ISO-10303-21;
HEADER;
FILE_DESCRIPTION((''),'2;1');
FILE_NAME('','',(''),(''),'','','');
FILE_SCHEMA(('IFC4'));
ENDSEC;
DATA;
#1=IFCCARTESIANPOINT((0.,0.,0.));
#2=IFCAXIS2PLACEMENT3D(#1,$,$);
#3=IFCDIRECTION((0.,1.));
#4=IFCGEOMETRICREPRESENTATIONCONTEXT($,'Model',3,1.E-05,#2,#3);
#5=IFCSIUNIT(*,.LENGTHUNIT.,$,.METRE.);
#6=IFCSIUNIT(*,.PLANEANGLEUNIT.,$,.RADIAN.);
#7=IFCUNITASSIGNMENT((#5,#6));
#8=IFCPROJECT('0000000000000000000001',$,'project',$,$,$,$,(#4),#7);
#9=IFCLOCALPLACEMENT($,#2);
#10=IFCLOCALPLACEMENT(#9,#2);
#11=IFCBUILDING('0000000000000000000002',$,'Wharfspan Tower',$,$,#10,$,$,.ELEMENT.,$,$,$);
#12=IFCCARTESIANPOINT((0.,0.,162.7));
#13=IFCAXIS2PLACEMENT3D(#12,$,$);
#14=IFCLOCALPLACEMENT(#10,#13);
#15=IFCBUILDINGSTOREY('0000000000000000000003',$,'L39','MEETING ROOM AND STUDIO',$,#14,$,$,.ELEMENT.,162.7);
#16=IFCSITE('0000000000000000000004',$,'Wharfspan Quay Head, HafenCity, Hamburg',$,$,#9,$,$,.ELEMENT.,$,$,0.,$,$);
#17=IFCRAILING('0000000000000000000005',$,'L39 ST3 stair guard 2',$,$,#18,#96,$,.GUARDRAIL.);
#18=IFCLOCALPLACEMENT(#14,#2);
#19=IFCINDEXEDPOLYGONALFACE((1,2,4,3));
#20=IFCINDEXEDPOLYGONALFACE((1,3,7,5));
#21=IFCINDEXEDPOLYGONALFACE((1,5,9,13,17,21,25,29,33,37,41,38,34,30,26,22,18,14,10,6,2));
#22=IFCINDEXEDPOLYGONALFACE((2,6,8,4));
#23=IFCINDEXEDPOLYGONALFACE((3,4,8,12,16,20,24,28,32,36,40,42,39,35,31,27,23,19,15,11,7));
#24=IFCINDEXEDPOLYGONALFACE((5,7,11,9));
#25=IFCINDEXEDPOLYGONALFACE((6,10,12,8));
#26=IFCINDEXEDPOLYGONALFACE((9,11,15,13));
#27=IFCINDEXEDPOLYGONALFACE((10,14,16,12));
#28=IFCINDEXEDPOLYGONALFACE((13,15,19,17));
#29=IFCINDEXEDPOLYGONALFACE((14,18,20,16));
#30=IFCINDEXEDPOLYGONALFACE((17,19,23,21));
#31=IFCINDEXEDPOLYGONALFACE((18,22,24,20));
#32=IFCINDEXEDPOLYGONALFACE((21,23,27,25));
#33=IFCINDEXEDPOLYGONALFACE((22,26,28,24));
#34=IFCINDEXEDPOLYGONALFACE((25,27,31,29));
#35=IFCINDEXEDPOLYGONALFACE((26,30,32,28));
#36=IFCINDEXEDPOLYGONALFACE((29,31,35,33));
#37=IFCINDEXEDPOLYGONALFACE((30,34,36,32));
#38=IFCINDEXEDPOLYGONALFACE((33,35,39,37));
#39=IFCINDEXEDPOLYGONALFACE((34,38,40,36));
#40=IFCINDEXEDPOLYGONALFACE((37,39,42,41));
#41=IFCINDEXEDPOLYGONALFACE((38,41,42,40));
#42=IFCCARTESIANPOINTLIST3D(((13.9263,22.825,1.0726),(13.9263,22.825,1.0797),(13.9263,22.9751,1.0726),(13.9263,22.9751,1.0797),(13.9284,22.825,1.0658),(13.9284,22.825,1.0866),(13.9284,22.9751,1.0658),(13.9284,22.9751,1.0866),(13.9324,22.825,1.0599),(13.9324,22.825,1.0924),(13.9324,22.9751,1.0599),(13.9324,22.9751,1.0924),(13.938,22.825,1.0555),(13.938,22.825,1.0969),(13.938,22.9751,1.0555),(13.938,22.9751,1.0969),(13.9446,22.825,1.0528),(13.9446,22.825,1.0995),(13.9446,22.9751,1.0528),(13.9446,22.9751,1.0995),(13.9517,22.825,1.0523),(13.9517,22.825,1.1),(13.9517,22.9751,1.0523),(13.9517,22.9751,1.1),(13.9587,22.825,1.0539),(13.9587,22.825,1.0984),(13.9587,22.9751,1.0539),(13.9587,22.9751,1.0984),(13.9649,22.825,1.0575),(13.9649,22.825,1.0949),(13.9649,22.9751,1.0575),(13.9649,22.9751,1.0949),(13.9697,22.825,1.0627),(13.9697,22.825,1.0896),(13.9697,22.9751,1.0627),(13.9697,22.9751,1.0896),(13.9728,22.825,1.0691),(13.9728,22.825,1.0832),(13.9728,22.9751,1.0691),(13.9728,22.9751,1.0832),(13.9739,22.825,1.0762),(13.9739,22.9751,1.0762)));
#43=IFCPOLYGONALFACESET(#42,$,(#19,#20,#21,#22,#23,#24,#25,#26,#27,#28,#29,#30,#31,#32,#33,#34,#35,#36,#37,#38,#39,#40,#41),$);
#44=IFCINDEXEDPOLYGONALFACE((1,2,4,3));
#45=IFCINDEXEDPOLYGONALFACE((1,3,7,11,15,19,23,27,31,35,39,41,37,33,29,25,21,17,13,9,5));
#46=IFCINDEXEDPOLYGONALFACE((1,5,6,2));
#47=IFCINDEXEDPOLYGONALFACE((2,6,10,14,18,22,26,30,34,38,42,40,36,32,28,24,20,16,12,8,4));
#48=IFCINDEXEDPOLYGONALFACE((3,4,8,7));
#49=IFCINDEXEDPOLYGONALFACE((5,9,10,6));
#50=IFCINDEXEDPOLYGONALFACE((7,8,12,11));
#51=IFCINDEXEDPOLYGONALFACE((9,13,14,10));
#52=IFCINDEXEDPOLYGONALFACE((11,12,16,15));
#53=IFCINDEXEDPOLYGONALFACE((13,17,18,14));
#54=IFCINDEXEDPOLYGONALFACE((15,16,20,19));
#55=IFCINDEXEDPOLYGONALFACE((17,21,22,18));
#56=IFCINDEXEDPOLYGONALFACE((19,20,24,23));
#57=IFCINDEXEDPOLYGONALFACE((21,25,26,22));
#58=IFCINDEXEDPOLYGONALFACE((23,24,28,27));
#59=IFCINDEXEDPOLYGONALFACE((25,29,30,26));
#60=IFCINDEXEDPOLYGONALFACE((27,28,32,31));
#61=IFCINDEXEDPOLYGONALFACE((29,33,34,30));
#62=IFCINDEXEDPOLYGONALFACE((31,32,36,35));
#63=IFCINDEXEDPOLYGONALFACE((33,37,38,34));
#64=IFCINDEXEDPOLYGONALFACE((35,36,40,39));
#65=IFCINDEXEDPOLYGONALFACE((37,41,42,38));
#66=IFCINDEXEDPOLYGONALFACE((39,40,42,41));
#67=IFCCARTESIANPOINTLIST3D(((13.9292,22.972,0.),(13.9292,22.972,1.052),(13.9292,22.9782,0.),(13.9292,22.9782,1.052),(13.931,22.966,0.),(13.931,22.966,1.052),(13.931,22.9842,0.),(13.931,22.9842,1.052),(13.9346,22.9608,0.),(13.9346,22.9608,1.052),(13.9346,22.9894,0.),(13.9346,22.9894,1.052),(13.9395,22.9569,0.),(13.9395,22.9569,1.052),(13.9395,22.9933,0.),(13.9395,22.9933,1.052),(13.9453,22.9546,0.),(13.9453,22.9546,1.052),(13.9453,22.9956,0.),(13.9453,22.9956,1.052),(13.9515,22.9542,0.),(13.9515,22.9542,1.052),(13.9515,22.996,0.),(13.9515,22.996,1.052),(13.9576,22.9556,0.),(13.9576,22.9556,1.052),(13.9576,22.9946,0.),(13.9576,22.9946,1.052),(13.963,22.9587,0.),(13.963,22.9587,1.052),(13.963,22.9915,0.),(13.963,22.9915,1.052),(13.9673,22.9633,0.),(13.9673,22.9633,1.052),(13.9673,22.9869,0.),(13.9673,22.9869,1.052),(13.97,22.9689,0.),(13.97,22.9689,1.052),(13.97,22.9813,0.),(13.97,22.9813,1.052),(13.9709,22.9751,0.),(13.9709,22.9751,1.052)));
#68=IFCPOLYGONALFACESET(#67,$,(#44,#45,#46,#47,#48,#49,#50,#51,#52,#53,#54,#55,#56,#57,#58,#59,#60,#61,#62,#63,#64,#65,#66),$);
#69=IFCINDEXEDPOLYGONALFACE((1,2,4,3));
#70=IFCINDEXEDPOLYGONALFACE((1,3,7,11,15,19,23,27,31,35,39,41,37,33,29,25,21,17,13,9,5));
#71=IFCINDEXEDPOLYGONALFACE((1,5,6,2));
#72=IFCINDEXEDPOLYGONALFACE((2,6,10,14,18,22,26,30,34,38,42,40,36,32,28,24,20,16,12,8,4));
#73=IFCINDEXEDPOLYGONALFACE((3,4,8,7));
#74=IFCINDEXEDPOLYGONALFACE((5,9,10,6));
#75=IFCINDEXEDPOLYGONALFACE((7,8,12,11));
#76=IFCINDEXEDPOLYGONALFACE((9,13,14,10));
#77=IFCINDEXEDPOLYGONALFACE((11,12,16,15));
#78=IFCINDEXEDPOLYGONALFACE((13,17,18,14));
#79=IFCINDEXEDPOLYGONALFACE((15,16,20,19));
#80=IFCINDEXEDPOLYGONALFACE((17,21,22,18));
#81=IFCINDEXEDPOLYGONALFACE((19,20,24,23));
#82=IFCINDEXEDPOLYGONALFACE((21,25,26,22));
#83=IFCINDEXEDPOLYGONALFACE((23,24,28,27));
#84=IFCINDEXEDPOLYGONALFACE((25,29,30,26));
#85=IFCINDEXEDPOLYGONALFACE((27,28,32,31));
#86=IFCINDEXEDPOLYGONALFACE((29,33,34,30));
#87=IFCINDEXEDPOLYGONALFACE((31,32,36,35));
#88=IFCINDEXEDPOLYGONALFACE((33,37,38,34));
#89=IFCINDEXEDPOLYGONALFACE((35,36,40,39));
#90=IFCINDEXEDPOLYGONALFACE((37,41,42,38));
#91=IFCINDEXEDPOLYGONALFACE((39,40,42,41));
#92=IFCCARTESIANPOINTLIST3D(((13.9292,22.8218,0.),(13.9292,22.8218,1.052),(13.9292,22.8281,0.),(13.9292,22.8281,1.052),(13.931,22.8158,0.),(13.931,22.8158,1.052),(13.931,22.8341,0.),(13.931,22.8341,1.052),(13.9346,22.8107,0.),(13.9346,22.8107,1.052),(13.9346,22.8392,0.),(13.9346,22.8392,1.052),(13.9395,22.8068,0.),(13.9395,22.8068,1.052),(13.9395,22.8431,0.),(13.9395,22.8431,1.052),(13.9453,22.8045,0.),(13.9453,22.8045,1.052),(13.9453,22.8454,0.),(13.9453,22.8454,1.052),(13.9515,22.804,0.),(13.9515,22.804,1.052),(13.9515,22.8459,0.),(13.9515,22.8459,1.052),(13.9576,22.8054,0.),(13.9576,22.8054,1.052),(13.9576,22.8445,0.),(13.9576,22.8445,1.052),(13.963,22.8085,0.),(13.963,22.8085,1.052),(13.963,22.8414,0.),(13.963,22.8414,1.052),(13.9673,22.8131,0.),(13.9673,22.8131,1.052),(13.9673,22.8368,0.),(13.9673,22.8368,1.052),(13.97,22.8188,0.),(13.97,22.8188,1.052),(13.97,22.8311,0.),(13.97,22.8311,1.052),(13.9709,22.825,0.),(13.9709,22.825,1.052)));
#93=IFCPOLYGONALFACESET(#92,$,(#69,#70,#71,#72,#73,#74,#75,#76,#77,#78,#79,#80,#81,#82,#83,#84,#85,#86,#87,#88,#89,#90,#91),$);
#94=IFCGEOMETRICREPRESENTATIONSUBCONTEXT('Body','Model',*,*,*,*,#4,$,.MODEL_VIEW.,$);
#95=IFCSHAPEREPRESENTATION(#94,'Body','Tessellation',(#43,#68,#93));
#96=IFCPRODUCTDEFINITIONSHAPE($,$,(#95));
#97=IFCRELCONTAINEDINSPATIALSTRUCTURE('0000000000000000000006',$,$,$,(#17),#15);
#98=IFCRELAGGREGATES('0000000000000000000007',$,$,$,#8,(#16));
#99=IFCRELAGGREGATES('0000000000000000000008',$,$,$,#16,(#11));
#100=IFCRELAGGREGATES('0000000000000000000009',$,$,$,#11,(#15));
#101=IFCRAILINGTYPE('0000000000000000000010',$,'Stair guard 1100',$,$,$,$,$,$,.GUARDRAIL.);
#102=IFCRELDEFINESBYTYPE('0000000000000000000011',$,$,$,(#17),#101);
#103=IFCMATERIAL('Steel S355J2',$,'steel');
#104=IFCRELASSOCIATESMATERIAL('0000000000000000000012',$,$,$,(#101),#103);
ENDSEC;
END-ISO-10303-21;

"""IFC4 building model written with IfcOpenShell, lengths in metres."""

from ifc_helpers import new_model, si_unit, direction, frame, origin, origin_2d, place, context, subcontext, project, spatial, circle, extrude, material, type_object, element, save


model = new_model("IFC4")

# Units and contexts
model_context = context("Model", 3, precision=1e-05, world=origin(), true_north=direction((0.0, 1.0)))
body_context = subcontext(model_context, "Body", "Model", "MODEL_VIEW")
ifc_project = project(units=[si_unit("LENGTHUNIT", "METRE"), si_unit("PLANEANGLEUNIT", "RADIAN")], contexts=[model_context])

# Site, building, storey
site_placement = place(None, origin())
site = spatial("IfcSite", under=ifc_project, at=site_placement, Name="Wharfspan Quay Head, HafenCity, Hamburg", CompositionType="ELEMENT", RefElevation=0.0)
building_placement = place(site_placement, origin())
building = spatial("IfcBuilding", under=site, at=building_placement, Name="Wharfspan Tower", CompositionType="ELEMENT")
storey_placement = place(building_placement, frame((0.0, 0.0, 162.7)))
storey = spatial("IfcBuildingStorey", under=building, at=storey_placement, Name="L39", Description="MEETING ROOM AND STUDIO", CompositionType="ELEMENT", Elevation=162.7)

# Shared definitions
ifc_material_1 = material(Name="Steel S355J2", Category="steel")

# Railing
railing_type = type_object("IfcRailingType", Name="Stair guard 1100", PredefinedType="GUARDRAIL", material=ifc_material_1)
railing_placement = place(storey_placement, frame((13.95, 22.9751, 0.0)))
element("IfcRailing", 1, at=railing_placement, inside=storey, type_object=railing_type, Name="L39 ST3 stair guard 2", PredefinedType="GUARDRAIL", context=body_context, shape_type="SweptSolid", body=[
    extrude(circle(Radius=0.0239, at=origin_2d()), frame((0.0, 0.0, 1.0762), z_axis=(0.0, -1.0, 0.0), x_axis=(1.0, 0.0, 0.0)), (0.0, 0.0, 1.0), 0.1501),
    extrude(circle(Radius=0.021, at=origin_2d()), origin(), (0.0, 0.0, 1.0), 1.052),
    extrude(circle(Radius=0.021, at=origin_2d()), frame((0.0, -0.1501, 0.0)), (0.0, 0.0, 1.0), 1.052),
])

save(model, "model.ifc")
